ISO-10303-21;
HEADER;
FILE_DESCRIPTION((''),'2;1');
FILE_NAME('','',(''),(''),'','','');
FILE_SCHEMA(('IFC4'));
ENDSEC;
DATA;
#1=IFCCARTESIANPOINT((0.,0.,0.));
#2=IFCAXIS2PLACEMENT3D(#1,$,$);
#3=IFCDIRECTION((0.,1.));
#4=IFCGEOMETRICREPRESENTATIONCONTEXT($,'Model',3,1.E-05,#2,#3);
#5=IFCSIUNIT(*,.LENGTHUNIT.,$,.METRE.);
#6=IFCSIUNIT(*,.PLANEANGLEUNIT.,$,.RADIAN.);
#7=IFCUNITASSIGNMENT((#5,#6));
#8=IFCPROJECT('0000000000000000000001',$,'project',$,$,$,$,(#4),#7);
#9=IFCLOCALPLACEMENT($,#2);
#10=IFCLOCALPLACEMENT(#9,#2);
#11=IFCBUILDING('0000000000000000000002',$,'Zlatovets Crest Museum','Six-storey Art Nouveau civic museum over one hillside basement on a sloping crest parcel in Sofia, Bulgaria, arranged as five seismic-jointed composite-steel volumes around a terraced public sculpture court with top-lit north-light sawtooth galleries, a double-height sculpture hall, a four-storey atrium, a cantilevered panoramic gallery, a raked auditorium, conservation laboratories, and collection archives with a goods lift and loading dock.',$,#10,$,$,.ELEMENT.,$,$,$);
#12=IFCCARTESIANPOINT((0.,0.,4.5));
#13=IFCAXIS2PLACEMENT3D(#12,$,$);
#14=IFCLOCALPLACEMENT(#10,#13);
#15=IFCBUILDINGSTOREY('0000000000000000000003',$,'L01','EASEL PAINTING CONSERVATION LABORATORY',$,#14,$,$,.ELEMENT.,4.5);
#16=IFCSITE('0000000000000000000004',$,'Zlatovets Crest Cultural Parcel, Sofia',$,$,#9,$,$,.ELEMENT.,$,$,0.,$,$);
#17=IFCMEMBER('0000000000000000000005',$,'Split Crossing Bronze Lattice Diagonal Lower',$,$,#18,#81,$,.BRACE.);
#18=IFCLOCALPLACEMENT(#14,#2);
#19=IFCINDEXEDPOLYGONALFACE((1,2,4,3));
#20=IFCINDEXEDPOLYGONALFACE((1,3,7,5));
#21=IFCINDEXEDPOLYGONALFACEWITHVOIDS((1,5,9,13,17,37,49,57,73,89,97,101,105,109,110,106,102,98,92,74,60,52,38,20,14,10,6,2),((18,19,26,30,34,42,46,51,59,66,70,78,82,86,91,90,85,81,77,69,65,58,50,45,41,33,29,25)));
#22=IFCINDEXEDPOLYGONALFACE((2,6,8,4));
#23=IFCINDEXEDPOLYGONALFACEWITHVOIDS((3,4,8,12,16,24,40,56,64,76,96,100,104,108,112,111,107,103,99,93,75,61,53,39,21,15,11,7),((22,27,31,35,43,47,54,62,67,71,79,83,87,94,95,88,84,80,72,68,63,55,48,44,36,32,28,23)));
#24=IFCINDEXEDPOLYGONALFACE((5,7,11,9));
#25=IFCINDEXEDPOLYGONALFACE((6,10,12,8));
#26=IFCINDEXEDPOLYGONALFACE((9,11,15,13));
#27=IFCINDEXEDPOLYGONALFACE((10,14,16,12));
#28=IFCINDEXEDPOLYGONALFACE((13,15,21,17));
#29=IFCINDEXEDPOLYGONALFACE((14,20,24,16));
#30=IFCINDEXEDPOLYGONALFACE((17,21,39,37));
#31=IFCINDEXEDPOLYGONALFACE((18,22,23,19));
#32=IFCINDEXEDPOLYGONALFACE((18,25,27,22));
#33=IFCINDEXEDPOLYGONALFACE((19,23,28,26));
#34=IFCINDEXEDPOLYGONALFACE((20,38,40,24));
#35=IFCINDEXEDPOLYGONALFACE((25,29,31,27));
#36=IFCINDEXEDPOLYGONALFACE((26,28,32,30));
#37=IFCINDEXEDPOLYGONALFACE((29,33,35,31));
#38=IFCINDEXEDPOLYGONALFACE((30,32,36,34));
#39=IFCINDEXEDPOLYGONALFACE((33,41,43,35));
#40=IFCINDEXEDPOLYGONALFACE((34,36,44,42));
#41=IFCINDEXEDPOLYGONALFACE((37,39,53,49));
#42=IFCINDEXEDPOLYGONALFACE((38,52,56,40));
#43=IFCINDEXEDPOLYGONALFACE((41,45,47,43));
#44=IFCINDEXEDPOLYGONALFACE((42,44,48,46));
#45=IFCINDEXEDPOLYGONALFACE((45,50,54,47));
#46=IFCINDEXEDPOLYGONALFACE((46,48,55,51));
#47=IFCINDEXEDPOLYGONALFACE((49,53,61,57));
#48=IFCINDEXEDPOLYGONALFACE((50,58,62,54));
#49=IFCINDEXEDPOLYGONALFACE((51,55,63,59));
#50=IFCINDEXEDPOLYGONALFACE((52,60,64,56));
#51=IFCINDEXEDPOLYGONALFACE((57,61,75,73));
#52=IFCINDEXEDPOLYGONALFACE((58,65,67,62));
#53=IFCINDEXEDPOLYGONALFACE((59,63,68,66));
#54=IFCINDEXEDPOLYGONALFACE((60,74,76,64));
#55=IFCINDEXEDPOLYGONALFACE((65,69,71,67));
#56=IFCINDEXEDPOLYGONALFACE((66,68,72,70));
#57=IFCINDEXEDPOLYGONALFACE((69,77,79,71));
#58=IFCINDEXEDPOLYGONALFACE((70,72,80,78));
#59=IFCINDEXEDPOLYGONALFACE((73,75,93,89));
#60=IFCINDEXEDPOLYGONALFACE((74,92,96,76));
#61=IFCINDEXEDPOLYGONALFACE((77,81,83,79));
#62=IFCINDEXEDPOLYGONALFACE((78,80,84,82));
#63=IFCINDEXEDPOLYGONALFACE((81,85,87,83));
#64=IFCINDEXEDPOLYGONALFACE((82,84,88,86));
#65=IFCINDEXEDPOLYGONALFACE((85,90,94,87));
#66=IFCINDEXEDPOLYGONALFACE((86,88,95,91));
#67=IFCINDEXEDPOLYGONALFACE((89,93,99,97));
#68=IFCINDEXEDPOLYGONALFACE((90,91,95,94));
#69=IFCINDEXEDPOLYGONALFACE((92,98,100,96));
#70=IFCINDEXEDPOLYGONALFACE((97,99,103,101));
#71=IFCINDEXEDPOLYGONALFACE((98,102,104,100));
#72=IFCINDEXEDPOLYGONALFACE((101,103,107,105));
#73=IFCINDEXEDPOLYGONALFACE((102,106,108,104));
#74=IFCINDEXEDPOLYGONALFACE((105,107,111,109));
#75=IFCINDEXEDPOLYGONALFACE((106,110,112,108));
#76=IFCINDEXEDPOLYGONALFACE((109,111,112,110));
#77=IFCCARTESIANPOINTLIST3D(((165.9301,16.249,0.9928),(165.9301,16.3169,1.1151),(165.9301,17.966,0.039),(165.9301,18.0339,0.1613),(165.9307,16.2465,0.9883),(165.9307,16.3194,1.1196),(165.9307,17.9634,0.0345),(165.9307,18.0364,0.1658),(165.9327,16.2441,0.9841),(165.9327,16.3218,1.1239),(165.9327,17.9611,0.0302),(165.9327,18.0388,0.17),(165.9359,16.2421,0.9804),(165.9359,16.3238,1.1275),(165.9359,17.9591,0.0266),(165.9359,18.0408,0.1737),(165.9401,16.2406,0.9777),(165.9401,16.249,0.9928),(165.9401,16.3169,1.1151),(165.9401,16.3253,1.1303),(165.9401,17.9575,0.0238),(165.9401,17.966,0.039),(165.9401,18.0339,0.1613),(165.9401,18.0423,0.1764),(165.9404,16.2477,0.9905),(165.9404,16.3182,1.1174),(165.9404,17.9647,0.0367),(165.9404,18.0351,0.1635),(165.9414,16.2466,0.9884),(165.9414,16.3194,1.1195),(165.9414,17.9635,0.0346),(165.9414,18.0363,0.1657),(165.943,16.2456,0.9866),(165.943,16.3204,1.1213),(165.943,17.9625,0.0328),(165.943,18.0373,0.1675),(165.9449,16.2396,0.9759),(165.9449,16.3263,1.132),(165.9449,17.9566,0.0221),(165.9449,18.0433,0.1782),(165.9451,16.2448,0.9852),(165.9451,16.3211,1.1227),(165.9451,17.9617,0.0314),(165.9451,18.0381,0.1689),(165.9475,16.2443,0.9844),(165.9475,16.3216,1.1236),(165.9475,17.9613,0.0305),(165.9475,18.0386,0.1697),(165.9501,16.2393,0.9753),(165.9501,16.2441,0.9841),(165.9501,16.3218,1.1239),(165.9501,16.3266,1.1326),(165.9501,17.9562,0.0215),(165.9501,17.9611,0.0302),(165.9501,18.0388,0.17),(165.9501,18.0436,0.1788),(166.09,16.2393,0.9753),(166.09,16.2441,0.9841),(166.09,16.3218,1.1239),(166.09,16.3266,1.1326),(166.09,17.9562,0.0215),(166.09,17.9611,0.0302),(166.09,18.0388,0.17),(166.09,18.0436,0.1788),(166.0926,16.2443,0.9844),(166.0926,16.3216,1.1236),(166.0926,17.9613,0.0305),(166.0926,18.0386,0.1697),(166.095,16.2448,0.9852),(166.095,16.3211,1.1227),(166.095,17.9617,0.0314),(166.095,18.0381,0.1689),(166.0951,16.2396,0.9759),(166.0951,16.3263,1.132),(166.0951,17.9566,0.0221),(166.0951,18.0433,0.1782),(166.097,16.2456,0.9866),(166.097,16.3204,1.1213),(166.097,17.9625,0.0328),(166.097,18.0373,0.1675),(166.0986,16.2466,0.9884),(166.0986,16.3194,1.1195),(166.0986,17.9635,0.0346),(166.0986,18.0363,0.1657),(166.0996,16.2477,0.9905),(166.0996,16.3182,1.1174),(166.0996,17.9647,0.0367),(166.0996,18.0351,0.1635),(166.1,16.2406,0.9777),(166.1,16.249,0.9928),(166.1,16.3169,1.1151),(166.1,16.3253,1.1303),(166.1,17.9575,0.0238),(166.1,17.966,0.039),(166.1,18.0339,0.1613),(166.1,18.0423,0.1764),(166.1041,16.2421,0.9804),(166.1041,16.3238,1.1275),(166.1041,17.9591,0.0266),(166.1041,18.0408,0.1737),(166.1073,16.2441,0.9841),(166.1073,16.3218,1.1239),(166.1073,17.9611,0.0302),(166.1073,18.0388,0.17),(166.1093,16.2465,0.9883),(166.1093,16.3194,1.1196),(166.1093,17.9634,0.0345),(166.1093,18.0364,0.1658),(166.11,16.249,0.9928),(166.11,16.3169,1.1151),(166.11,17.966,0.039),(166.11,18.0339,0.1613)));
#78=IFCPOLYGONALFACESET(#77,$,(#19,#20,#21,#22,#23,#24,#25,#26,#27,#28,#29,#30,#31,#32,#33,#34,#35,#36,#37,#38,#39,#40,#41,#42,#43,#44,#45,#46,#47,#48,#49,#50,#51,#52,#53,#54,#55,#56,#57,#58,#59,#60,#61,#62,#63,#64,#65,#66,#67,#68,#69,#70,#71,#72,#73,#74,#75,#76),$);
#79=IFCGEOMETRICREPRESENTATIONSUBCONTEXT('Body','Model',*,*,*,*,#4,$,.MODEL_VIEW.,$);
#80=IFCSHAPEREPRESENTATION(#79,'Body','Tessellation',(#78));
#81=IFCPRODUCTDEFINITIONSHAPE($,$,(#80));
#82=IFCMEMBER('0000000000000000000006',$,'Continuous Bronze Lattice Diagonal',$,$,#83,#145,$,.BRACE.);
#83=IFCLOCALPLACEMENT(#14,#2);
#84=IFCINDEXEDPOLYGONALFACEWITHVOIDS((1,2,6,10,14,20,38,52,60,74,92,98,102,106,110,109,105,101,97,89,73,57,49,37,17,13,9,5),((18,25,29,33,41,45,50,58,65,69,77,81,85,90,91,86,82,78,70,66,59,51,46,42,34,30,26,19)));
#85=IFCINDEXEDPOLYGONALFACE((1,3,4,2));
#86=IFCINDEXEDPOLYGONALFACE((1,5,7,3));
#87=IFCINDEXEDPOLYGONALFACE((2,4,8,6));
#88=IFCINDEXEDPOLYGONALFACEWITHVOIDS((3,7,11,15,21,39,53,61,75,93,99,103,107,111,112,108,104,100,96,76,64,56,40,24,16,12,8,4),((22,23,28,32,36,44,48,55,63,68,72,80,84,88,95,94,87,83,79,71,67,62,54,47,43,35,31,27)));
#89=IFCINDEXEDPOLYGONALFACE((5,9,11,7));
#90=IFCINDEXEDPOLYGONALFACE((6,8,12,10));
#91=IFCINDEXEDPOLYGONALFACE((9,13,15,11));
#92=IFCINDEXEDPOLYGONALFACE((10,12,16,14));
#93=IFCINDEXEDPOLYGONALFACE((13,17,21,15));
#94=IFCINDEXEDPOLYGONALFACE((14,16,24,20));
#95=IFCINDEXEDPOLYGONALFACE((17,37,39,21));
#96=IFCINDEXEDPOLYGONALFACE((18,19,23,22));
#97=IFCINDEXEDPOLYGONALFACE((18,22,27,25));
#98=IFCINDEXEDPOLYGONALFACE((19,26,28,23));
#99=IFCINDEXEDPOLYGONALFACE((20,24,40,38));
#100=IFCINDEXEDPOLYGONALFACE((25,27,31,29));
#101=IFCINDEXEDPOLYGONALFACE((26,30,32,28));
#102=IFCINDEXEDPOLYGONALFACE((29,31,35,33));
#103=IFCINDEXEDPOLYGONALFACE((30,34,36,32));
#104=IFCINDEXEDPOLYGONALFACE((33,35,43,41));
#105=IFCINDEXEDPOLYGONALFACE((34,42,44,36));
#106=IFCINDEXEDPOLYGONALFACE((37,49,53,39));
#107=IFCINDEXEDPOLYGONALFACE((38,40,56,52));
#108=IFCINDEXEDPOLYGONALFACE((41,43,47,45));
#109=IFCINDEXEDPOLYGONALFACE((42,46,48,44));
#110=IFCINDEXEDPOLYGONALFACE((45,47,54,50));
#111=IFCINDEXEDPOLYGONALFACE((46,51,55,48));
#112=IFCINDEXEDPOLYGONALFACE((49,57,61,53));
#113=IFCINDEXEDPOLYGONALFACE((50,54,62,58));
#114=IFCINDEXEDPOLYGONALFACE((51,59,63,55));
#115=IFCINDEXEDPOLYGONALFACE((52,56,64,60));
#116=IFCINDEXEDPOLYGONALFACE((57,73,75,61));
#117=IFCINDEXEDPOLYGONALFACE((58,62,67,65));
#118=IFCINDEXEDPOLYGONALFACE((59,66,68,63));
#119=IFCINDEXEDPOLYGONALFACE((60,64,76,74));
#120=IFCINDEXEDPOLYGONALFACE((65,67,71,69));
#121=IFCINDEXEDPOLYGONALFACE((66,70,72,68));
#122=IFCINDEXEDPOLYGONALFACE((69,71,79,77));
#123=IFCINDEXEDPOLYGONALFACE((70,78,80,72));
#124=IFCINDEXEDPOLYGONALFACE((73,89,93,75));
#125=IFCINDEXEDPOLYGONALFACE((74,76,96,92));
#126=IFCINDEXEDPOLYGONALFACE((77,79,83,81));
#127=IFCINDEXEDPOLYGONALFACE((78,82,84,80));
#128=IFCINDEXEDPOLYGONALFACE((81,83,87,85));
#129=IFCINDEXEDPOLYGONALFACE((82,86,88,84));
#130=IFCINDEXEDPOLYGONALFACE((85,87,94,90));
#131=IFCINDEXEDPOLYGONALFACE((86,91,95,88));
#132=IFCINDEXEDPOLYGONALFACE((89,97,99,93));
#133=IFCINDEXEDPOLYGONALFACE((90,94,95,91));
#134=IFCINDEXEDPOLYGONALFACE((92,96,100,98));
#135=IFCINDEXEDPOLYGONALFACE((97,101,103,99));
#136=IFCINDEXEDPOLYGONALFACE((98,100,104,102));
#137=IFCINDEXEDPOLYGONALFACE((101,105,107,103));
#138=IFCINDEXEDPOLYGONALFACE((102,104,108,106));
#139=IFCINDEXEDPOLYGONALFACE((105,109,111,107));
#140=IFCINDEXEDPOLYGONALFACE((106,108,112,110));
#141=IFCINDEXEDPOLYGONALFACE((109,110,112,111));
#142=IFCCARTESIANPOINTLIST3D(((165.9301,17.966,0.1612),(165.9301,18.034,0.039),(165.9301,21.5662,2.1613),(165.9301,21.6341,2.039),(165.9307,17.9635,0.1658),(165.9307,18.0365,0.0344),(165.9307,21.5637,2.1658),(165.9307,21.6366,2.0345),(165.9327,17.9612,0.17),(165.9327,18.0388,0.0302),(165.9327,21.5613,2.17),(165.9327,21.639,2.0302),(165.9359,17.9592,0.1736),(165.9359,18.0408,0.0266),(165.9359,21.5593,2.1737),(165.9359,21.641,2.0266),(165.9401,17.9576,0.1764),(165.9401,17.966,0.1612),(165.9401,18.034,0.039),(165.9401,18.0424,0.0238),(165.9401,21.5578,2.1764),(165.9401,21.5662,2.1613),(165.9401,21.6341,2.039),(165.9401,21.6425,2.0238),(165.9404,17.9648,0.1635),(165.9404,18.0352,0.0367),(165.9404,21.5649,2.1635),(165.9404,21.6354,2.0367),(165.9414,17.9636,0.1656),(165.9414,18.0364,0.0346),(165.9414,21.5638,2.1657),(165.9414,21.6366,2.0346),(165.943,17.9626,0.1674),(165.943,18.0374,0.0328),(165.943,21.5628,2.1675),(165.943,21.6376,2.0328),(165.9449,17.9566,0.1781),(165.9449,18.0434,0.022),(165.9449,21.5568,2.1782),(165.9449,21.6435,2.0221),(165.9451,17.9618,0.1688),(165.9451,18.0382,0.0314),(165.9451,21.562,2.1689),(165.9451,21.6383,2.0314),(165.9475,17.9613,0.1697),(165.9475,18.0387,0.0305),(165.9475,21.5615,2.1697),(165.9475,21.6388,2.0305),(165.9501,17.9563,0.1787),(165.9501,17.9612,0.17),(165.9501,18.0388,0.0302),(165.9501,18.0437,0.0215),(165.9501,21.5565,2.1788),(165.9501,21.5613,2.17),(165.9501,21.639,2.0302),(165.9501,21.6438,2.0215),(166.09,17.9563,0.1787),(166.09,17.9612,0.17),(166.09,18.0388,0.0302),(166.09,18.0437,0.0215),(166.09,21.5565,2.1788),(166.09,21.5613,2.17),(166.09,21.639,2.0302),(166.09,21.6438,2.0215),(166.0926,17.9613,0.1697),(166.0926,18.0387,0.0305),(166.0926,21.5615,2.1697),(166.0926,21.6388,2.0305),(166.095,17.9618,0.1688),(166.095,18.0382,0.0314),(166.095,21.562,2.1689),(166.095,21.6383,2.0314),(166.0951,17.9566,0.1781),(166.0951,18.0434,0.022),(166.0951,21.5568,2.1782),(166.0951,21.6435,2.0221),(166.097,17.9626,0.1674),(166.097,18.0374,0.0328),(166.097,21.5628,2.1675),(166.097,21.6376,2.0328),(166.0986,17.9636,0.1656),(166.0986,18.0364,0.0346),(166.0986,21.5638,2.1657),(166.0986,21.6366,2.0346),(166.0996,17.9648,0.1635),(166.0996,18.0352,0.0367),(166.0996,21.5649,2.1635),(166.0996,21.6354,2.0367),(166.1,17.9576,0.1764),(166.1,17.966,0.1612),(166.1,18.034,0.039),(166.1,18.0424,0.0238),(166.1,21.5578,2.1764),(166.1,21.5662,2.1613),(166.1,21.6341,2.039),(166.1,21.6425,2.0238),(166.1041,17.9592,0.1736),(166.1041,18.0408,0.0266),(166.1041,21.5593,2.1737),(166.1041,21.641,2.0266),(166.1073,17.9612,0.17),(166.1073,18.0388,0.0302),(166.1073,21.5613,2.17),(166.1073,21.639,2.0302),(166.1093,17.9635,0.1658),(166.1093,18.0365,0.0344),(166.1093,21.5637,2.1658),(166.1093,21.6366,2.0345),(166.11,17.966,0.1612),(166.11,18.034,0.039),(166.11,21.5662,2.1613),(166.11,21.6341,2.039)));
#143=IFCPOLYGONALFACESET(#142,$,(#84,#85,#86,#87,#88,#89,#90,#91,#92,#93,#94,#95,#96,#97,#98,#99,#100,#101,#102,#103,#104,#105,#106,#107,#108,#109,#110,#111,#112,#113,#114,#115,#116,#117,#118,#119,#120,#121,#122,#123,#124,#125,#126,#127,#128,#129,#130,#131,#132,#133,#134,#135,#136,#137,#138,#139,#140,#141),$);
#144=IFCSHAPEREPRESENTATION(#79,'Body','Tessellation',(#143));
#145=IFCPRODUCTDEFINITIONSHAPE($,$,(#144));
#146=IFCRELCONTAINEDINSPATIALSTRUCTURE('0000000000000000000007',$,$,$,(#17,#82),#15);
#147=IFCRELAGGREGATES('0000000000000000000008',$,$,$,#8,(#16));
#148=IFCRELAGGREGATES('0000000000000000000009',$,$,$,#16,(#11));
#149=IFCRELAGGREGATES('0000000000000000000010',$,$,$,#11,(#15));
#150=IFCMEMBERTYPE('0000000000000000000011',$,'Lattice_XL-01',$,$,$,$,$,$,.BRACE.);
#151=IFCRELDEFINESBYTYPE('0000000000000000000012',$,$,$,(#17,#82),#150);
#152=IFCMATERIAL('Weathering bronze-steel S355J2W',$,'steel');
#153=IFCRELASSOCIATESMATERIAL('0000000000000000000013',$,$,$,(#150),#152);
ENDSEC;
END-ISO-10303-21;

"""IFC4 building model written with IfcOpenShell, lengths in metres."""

from ifc_helpers import new_model, si_unit, direction, frame, origin, origin_2d, place, context, subcontext, project, spatial, hollow_rectangle, extrude, material, material_profile, profile_set, type_object, element, save


model = new_model("IFC4")

# Units and contexts
model_context = context("Model", 3, precision=1e-05, world=origin(), true_north=direction((0.0, 1.0)))
body_context = subcontext(model_context, "Body", "Model", "MODEL_VIEW")
ifc_project = project(units=[si_unit("LENGTHUNIT", "METRE"), si_unit("PLANEANGLEUNIT", "RADIAN")], contexts=[model_context])

# Site, building, storey
site_placement = place(None, origin())
site = spatial("IfcSite", under=ifc_project, at=site_placement, Name="Zlatovets Crest Cultural Parcel, Sofia", CompositionType="ELEMENT", RefElevation=0.0)
building_placement = place(site_placement, origin())
building = spatial("IfcBuilding", under=site, at=building_placement, Name="Zlatovets Crest Museum", Description="Six-storey Art Nouveau civic museum over one hillside basement on a sloping crest parcel in Sofia, Bulgaria, arranged as five seismic-jointed composite-steel volumes around a terraced public sculpture court with top-lit north-light sawtooth galleries, a double-height sculpture hall, a four-storey atrium, a cantilevered panoramic gallery, a raked auditorium, conservation laboratories, and collection archives with a goods lift and loading dock.", CompositionType="ELEMENT")
storey_placement = place(building_placement, frame((0.0, 0.0, 4.5)))
storey = spatial("IfcBuildingStorey", under=building, at=storey_placement, Name="L01", Description="EASEL PAINTING CONSERVATION LABORATORY", CompositionType="ELEMENT", Elevation=4.5)

# Members
ifc_material_1 = material(Name="Weathering bronze-steel S355J2W", Category="steel")
ifc_material_profile_1 = material_profile(ifc_material_1, hollow_rectangle(XDim=0.1799, YDim=0.1799, WallThickness=0.01, InnerFilletRadius=0.01, OuterFilletRadius=0.02, at=origin_2d()), Name="SHS 180x180x10.0")
ifc_profile_set_1 = profile_set([ifc_material_profile_1], Name="Weathering bronze-steel S355J2W")
member_type_1 = type_object("IfcMemberType", Name="Lattice_XL-01", PredefinedType="BRACE", material=ifc_profile_set_1)
member_1_placement = place(storey_placement, frame((166.02, 16.283, 1.054), z_axis=(0.0, 0.874169, -0.485622), x_axis=(-1.0, 0.0, 0.0)))
element("IfcMember", 1, at=member_1_placement, inside=storey, type_object=member_type_1, Name="Split Crossing Bronze Lattice Diagonal Lower", PredefinedType="BRACE", context=body_context, shape_type="SweptSolid", body=[
    extrude(hollow_rectangle(XDim=0.1799, YDim=0.1799, WallThickness=0.01, InnerFilletRadius=0.01, OuterFilletRadius=0.02, at=origin_2d()), origin(), (0.0, 0.0, 1.0), 1.9641),
])
member_2_placement = place(storey_placement, frame((166.02, 18.0, 0.1001), z_axis=(0.0, 0.874163, 0.485633), x_axis=(-1.0, 0.0, 0.0)))
element("IfcMember", 2, at=member_2_placement, inside=storey, type_object=member_type_1, Name="Continuous Bronze Lattice Diagonal", PredefinedType="BRACE", context=body_context, shape_type="SweptSolid", body=[
    extrude(hollow_rectangle(XDim=0.1799, YDim=0.1799, WallThickness=0.01, InnerFilletRadius=0.01, OuterFilletRadius=0.02, at=origin_2d()), origin(), (0.0, 0.0, 1.0), 4.1184),
])

save(model, "model.ifc")
